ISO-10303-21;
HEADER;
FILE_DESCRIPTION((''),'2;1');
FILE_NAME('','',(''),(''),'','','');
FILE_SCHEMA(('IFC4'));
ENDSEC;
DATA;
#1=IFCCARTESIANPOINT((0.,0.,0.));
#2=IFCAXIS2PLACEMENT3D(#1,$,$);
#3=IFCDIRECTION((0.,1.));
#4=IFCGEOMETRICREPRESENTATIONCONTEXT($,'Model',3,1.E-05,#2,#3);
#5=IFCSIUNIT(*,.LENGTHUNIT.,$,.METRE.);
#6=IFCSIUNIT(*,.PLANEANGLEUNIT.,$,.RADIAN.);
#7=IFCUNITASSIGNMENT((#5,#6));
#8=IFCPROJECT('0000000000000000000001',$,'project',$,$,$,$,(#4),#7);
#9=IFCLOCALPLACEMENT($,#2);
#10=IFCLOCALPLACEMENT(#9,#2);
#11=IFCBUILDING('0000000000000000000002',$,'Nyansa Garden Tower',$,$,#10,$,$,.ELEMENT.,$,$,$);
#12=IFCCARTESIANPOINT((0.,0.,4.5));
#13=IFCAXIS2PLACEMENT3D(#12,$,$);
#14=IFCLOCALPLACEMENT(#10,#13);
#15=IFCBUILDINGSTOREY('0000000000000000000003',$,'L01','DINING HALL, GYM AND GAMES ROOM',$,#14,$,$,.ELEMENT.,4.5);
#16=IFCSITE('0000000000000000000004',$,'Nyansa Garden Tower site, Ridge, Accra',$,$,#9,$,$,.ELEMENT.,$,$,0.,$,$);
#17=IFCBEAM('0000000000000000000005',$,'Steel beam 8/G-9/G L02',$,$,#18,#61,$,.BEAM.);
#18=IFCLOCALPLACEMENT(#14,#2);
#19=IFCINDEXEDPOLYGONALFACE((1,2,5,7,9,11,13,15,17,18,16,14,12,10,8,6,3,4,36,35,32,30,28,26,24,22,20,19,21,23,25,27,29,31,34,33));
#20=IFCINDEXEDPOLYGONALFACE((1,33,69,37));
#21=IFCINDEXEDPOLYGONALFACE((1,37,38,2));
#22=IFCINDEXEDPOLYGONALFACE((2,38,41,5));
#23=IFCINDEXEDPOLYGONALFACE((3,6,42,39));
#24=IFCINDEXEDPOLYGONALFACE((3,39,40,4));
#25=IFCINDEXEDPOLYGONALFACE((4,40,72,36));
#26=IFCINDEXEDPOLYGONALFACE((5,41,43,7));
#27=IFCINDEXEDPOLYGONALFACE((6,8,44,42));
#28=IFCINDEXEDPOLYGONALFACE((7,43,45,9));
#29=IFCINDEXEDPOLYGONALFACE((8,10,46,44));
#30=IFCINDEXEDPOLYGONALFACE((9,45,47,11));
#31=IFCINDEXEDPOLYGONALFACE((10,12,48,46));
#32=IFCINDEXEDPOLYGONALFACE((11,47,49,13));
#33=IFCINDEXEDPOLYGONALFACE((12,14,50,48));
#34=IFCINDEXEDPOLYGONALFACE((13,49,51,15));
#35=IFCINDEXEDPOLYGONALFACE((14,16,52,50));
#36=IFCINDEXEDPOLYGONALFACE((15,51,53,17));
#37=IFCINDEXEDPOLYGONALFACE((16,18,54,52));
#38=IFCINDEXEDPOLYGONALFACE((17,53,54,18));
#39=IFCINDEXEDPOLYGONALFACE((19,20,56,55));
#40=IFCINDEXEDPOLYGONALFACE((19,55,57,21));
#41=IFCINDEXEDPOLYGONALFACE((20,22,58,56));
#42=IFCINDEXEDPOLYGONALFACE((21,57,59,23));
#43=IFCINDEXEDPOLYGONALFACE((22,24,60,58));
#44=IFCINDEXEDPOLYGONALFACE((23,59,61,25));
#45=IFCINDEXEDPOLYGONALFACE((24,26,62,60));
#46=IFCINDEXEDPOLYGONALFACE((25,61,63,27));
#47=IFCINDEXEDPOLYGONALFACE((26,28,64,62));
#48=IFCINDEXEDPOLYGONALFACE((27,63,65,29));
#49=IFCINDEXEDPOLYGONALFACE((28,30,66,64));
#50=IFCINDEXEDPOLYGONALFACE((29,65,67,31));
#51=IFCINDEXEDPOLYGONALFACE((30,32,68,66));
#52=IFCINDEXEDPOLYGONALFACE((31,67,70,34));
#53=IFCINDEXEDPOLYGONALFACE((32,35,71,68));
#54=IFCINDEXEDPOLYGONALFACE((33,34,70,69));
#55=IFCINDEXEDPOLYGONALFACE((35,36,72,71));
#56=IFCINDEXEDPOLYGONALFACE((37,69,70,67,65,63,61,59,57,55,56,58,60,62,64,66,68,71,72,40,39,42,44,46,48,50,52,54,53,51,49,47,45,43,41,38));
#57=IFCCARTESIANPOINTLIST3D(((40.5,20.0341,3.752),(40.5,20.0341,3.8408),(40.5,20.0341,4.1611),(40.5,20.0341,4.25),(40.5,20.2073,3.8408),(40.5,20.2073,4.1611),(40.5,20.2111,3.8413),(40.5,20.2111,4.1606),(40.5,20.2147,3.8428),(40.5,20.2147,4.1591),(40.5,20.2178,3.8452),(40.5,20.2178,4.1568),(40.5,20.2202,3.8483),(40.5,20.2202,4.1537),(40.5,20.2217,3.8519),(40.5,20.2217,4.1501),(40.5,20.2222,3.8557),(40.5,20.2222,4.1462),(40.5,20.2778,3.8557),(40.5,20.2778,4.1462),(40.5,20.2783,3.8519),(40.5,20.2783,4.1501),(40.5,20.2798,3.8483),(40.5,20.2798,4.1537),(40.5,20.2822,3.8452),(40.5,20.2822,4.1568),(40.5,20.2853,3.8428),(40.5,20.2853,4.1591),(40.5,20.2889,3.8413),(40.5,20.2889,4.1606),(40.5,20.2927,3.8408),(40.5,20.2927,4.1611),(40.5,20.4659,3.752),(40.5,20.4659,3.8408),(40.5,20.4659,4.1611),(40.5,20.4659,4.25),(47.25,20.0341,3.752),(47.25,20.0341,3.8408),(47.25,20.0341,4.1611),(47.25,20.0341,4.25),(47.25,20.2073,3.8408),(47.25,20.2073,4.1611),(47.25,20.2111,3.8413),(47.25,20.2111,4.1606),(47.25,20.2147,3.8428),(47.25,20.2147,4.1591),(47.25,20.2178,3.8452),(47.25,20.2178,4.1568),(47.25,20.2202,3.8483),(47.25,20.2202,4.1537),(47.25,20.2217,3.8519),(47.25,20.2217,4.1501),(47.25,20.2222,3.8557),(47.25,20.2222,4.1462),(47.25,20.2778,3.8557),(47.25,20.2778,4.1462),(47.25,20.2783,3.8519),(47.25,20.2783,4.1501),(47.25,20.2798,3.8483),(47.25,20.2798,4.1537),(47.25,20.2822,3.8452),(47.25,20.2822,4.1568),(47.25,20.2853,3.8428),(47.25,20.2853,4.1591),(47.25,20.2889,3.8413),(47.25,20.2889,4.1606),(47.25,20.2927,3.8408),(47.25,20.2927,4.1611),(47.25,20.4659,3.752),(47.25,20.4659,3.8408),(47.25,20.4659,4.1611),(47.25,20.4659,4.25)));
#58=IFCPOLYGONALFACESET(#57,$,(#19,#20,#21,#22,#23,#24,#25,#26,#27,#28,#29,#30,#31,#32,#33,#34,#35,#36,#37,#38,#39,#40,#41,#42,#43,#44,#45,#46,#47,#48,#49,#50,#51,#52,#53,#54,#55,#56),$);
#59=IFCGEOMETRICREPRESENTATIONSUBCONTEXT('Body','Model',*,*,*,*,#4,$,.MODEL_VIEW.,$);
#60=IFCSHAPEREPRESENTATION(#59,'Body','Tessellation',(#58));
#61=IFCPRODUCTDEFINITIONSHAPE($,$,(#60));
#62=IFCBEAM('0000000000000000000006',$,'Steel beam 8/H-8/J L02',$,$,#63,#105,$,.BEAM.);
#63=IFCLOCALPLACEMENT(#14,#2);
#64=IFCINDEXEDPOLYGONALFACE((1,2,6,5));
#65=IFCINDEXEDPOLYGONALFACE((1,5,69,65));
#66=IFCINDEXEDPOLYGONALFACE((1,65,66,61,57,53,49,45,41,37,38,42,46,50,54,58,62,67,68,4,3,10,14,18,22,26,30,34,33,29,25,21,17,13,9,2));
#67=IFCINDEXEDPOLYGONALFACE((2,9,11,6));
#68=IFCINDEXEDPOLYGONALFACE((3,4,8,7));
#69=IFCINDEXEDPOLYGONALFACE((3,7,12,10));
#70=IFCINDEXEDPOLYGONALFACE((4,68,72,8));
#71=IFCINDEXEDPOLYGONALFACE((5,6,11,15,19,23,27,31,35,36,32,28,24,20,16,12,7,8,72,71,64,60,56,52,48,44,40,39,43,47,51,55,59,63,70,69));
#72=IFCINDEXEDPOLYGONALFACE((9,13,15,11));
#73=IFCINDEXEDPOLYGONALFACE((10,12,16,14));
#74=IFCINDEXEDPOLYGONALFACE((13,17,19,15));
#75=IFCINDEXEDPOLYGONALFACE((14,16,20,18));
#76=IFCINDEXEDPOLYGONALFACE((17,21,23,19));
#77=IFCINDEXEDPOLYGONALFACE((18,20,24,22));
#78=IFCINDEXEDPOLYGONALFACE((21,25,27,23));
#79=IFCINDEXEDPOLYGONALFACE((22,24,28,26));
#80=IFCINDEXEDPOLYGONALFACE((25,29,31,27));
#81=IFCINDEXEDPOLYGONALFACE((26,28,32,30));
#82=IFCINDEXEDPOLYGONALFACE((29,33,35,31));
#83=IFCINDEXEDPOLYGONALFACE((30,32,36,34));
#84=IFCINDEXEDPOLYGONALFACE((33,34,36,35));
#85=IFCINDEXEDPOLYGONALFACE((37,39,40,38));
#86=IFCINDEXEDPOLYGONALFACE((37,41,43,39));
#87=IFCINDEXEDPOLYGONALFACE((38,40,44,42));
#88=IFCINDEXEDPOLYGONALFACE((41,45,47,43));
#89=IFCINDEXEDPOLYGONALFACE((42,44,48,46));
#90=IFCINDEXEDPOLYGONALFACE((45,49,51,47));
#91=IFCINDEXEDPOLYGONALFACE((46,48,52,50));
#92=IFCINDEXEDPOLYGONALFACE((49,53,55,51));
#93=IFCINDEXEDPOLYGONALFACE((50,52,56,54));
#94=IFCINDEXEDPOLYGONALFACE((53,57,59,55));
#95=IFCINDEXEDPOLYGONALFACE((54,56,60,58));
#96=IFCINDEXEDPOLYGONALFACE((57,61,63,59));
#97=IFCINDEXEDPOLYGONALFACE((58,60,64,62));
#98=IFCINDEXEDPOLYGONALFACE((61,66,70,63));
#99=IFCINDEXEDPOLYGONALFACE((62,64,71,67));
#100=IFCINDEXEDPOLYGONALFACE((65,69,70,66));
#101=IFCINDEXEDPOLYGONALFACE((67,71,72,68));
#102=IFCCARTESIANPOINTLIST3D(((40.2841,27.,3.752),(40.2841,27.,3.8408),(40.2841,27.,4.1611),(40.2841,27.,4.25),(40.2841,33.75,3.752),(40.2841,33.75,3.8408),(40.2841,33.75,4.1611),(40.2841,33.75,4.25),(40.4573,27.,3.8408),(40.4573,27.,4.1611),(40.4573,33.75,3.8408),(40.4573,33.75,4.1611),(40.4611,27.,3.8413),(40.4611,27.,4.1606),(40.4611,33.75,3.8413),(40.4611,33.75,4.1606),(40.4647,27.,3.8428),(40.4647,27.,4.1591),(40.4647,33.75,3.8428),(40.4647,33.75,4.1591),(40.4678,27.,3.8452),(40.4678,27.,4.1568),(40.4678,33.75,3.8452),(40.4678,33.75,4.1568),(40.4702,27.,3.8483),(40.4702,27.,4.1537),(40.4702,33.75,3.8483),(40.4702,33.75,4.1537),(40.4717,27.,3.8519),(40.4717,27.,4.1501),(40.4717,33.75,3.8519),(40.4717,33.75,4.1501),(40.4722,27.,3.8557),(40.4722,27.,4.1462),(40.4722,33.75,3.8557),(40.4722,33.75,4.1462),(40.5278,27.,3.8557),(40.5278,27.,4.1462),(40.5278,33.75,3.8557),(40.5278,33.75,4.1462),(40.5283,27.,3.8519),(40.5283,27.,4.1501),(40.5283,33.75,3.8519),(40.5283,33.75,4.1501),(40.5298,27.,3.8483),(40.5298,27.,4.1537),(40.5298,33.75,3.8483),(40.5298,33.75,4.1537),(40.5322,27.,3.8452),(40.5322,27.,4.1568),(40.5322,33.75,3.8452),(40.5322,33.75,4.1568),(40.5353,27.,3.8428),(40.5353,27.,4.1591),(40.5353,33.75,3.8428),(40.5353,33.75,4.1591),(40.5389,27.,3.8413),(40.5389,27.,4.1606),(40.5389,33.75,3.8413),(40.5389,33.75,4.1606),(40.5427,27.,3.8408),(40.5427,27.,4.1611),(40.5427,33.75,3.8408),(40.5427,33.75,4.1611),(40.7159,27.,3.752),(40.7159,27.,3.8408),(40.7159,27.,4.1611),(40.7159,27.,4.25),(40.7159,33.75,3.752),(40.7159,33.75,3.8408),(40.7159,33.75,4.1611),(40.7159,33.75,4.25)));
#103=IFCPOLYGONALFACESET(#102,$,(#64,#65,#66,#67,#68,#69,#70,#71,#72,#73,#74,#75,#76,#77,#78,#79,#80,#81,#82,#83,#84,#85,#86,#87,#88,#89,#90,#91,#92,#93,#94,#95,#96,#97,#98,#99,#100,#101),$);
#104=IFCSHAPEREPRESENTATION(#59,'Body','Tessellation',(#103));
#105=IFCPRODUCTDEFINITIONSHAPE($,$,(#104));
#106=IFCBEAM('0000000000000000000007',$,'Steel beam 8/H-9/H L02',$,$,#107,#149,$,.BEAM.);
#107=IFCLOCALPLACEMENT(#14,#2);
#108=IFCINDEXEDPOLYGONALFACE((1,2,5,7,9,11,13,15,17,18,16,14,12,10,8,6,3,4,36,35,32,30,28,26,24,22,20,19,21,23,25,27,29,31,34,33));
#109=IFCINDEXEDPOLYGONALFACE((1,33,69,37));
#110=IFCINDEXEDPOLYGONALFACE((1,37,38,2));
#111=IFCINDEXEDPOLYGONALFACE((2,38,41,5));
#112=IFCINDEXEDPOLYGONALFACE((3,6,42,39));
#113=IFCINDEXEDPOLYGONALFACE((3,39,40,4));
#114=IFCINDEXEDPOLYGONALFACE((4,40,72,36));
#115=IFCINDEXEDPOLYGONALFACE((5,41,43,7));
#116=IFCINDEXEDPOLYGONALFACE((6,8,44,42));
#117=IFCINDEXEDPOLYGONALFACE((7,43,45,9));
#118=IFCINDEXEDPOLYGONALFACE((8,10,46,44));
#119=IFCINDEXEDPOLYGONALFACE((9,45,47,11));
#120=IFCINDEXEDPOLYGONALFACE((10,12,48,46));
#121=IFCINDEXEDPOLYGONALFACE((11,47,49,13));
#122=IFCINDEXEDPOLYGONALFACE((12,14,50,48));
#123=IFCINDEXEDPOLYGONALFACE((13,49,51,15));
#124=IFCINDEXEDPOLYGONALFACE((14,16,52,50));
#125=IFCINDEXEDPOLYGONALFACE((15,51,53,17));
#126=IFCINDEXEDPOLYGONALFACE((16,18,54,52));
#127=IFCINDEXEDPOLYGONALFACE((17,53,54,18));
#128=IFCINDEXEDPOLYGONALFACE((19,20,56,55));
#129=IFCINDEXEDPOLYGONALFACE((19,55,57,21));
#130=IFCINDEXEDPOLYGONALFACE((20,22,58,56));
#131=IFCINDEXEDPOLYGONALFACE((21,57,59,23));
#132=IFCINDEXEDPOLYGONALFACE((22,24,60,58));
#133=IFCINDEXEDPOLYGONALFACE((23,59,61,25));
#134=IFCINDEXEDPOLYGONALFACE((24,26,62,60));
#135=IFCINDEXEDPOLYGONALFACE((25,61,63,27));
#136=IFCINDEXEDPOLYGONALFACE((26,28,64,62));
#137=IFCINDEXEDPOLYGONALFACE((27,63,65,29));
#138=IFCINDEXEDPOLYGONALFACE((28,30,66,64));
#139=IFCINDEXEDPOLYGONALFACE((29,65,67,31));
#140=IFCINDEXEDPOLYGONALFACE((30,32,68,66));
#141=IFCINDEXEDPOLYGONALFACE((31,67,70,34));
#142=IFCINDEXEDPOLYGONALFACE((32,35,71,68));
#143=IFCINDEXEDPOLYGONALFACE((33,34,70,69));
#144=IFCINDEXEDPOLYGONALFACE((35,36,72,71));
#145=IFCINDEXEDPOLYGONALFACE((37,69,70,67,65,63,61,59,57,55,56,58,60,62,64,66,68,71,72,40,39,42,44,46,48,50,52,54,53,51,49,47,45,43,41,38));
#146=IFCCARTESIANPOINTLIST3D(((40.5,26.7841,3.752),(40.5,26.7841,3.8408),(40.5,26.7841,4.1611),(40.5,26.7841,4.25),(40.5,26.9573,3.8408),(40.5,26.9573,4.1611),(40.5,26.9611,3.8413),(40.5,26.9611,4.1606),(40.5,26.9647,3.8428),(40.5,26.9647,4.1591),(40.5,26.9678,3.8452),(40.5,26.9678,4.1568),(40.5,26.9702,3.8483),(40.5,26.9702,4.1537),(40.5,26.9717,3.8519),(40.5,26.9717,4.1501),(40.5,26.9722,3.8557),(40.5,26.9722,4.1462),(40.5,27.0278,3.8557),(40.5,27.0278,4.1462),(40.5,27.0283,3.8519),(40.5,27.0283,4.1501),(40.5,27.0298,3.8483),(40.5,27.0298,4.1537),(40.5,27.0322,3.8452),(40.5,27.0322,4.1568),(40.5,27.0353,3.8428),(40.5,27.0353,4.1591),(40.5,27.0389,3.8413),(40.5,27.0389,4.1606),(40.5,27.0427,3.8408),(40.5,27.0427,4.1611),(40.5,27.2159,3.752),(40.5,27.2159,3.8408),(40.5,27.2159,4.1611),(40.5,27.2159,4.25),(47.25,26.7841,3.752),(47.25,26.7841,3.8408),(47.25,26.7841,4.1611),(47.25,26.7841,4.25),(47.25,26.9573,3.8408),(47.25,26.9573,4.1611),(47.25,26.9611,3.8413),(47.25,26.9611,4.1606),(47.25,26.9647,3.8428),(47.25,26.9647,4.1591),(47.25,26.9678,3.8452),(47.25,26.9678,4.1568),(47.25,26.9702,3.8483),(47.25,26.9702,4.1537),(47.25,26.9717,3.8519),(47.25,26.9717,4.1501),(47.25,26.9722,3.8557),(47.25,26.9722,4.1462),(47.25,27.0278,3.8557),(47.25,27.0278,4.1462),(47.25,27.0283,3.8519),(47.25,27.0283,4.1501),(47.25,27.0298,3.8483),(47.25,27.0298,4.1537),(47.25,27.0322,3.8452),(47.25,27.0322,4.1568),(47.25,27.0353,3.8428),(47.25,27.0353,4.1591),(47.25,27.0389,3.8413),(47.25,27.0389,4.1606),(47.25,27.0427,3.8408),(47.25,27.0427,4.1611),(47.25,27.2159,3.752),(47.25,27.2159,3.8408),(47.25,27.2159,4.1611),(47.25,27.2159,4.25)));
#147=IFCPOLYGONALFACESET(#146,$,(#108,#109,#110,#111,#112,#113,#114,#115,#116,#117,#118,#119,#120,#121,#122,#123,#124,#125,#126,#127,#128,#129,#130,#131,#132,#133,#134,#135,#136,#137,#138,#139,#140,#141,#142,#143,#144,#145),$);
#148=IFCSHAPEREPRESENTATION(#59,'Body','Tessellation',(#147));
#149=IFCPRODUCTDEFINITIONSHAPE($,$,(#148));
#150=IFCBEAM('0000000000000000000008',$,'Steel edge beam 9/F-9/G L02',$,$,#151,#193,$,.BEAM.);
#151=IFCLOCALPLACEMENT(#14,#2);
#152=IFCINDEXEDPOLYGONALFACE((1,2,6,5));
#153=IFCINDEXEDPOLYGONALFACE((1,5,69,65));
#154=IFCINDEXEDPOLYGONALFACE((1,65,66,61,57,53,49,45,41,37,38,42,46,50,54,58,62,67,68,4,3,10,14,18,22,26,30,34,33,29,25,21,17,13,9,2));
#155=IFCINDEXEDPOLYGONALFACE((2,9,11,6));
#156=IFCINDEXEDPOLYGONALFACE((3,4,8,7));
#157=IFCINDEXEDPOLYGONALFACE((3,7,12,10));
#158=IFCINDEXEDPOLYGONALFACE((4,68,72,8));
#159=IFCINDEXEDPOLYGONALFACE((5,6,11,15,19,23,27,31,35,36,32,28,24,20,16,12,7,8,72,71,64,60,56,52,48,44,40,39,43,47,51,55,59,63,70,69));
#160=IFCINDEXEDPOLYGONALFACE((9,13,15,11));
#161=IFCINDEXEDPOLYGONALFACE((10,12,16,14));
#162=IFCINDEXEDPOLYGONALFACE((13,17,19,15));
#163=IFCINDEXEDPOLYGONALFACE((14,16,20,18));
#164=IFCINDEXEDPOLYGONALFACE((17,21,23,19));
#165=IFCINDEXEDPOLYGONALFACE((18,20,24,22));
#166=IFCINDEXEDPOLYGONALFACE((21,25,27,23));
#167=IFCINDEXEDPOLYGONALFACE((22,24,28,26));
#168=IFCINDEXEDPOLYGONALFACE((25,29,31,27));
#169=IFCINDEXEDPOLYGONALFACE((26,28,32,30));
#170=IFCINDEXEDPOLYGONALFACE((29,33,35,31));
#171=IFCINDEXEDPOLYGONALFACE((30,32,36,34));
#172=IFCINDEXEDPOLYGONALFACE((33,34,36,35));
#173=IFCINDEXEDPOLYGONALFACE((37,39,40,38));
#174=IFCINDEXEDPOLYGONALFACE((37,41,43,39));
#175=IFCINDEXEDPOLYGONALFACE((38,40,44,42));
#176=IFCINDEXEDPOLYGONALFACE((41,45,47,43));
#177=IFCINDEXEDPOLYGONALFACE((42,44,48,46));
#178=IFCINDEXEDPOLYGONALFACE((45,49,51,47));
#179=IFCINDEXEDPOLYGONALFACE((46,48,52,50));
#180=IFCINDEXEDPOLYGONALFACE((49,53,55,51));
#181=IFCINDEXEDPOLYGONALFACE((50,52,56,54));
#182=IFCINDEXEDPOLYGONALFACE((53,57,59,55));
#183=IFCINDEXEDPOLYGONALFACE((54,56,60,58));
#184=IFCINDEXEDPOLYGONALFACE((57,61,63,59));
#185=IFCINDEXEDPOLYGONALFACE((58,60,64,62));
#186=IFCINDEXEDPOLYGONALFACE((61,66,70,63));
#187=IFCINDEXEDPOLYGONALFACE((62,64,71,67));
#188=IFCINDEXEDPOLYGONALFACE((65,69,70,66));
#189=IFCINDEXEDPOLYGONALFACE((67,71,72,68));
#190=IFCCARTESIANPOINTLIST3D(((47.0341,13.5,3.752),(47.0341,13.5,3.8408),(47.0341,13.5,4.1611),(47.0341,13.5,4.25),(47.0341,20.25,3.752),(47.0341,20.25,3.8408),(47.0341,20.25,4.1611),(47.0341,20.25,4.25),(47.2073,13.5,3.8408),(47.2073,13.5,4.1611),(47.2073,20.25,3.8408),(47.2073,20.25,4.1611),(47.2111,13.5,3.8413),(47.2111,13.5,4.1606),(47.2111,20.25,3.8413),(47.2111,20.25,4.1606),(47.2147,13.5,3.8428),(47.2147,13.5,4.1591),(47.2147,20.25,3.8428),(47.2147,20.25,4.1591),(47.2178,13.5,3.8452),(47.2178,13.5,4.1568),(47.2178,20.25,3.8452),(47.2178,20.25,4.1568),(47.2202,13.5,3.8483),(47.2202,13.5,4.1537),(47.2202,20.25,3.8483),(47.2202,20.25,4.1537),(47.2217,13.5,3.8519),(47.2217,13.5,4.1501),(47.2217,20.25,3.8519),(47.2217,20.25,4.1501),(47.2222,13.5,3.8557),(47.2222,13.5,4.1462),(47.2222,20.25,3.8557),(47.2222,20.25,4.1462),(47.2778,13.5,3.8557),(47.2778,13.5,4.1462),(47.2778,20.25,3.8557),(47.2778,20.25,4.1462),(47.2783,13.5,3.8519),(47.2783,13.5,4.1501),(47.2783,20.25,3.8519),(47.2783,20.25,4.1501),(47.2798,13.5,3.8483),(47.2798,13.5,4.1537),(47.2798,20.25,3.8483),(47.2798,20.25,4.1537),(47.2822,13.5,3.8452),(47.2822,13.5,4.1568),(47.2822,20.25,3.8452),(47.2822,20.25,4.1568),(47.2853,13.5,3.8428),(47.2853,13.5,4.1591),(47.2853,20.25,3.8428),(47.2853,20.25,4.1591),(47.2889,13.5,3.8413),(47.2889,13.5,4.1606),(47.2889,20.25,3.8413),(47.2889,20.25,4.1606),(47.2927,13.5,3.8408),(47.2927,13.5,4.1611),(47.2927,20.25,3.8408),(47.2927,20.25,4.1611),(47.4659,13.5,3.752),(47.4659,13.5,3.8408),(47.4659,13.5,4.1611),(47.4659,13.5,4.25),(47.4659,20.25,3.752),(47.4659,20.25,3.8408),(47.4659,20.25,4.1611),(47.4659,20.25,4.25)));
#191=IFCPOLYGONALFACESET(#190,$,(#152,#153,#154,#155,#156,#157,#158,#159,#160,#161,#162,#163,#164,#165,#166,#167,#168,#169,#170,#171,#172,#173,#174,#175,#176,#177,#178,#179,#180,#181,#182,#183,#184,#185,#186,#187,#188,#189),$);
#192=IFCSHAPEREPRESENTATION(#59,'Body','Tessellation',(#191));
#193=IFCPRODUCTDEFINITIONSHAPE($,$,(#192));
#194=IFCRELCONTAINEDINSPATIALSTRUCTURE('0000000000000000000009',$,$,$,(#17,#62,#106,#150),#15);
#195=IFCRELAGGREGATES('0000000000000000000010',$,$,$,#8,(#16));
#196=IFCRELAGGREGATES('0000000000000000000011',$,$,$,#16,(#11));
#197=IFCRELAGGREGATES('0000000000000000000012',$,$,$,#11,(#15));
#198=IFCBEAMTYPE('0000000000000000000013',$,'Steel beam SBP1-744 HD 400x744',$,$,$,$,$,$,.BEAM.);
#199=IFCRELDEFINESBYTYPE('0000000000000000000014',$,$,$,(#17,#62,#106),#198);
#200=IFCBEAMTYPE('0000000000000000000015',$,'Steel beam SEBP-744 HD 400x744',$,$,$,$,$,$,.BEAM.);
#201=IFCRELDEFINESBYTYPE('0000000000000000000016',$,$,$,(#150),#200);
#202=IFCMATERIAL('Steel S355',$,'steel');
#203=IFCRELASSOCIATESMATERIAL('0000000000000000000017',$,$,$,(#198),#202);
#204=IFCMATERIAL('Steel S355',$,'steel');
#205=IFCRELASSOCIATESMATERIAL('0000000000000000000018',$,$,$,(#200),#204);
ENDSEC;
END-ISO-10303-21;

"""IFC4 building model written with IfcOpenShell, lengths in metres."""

from ifc_helpers import new_model, si_unit, direction, frame, origin, origin_2d, place, context, subcontext, project, spatial, i_section, extrude, material, material_profile, profile_set, type_object, element, save


model = new_model("IFC4")

# Units and contexts
model_context = context("Model", 3, precision=1e-05, world=origin(), true_north=direction((0.0, 1.0)))
body_context = subcontext(model_context, "Body", "Model", "MODEL_VIEW")
ifc_project = project(units=[si_unit("LENGTHUNIT", "METRE"), si_unit("PLANEANGLEUNIT", "RADIAN")], contexts=[model_context])

# Site, building, storey
site_placement = place(None, origin())
site = spatial("IfcSite", under=ifc_project, at=site_placement, Name="Nyansa Garden Tower site, Ridge, Accra", CompositionType="ELEMENT", RefElevation=0.0)
building_placement = place(site_placement, origin())
building = spatial("IfcBuilding", under=site, at=building_placement, Name="Nyansa Garden Tower", CompositionType="ELEMENT")
storey_placement = place(building_placement, frame((0.0, 0.0, 4.5)))
storey = spatial("IfcBuildingStorey", under=building, at=storey_placement, Name="L01", Description="DINING HALL, GYM AND GAMES ROOM", CompositionType="ELEMENT", Elevation=4.5)

# Beams
ifc_material_1 = material(Name="Steel S355", Category="steel")
ifc_material_profile_1 = material_profile(ifc_material_1, i_section(OverallWidth=0.4319, OverallDepth=0.498, WebThickness=0.0557, FlangeThickness=0.0889, FilletRadius=0.0149, at=origin_2d()), Name="HD 400x744")
ifc_profile_set_1 = profile_set([ifc_material_profile_1], Name="Steel S355")
beam_type_1 = type_object("IfcBeamType", Name="Steel beam SBP1-744 HD 400x744", PredefinedType="BEAM", material=ifc_profile_set_1)
for number, where, z_axis, x_axis, name in (
    (1, (40.5, 20.25, 4.001), (1.0, 0.0, 0.0), (0.0, 1.0, 0.0), "Steel beam 8/G-9/G L02"),
    (2, (40.5, 27.0, 4.001), (0.0, 1.0, 0.0), (-1.0, 0.0, 0.0), "Steel beam 8/H-8/J L02"),
    (3, (40.5, 27.0, 4.001), (1.0, 0.0, 0.0), (0.0, 1.0, 0.0), "Steel beam 8/H-9/H L02"),
):
    element("IfcBeam", number, at=place(storey_placement, frame(where, z_axis=z_axis, x_axis=x_axis)), inside=storey, type_object=beam_type_1, Name=name, PredefinedType="BEAM", context=body_context, shape_type="SweptSolid", body=[
        extrude(i_section(OverallWidth=0.4319, OverallDepth=0.498, WebThickness=0.0557, FlangeThickness=0.0889, FilletRadius=0.0149, at=origin_2d()), origin(), (0.0, 0.0, 1.0), 6.75),
    ])
ifc_material_2 = material(Name="Steel S355", Category="steel")
ifc_material_profile_2 = material_profile(ifc_material_2, i_section(OverallWidth=0.4319, OverallDepth=0.498, WebThickness=0.0557, FlangeThickness=0.0889, FilletRadius=0.0149, at=origin_2d()), Name="HD 400x744")
ifc_profile_set_2 = profile_set([ifc_material_profile_2], Name="Steel S355")
beam_type_2 = type_object("IfcBeamType", Name="Steel beam SEBP-744 HD 400x744", PredefinedType="BEAM", material=ifc_profile_set_2)
for number, where, z_axis, x_axis, name in (
    (4, (47.25, 13.5, 4.001), (0.0, 1.0, 0.0), (-1.0, 0.0, 0.0), "Steel edge beam 9/F-9/G L02"),
):
    element("IfcBeam", number, at=place(storey_placement, frame(where, z_axis=z_axis, x_axis=x_axis)), inside=storey, type_object=beam_type_2, Name=name, PredefinedType="BEAM", context=body_context, shape_type="SweptSolid", body=[
        extrude(i_section(OverallWidth=0.4319, OverallDepth=0.498, WebThickness=0.0557, FlangeThickness=0.0889, FilletRadius=0.0149, at=origin_2d()), origin(), (0.0, 0.0, 1.0), 6.75),
    ])

save(model, "model.ifc")
